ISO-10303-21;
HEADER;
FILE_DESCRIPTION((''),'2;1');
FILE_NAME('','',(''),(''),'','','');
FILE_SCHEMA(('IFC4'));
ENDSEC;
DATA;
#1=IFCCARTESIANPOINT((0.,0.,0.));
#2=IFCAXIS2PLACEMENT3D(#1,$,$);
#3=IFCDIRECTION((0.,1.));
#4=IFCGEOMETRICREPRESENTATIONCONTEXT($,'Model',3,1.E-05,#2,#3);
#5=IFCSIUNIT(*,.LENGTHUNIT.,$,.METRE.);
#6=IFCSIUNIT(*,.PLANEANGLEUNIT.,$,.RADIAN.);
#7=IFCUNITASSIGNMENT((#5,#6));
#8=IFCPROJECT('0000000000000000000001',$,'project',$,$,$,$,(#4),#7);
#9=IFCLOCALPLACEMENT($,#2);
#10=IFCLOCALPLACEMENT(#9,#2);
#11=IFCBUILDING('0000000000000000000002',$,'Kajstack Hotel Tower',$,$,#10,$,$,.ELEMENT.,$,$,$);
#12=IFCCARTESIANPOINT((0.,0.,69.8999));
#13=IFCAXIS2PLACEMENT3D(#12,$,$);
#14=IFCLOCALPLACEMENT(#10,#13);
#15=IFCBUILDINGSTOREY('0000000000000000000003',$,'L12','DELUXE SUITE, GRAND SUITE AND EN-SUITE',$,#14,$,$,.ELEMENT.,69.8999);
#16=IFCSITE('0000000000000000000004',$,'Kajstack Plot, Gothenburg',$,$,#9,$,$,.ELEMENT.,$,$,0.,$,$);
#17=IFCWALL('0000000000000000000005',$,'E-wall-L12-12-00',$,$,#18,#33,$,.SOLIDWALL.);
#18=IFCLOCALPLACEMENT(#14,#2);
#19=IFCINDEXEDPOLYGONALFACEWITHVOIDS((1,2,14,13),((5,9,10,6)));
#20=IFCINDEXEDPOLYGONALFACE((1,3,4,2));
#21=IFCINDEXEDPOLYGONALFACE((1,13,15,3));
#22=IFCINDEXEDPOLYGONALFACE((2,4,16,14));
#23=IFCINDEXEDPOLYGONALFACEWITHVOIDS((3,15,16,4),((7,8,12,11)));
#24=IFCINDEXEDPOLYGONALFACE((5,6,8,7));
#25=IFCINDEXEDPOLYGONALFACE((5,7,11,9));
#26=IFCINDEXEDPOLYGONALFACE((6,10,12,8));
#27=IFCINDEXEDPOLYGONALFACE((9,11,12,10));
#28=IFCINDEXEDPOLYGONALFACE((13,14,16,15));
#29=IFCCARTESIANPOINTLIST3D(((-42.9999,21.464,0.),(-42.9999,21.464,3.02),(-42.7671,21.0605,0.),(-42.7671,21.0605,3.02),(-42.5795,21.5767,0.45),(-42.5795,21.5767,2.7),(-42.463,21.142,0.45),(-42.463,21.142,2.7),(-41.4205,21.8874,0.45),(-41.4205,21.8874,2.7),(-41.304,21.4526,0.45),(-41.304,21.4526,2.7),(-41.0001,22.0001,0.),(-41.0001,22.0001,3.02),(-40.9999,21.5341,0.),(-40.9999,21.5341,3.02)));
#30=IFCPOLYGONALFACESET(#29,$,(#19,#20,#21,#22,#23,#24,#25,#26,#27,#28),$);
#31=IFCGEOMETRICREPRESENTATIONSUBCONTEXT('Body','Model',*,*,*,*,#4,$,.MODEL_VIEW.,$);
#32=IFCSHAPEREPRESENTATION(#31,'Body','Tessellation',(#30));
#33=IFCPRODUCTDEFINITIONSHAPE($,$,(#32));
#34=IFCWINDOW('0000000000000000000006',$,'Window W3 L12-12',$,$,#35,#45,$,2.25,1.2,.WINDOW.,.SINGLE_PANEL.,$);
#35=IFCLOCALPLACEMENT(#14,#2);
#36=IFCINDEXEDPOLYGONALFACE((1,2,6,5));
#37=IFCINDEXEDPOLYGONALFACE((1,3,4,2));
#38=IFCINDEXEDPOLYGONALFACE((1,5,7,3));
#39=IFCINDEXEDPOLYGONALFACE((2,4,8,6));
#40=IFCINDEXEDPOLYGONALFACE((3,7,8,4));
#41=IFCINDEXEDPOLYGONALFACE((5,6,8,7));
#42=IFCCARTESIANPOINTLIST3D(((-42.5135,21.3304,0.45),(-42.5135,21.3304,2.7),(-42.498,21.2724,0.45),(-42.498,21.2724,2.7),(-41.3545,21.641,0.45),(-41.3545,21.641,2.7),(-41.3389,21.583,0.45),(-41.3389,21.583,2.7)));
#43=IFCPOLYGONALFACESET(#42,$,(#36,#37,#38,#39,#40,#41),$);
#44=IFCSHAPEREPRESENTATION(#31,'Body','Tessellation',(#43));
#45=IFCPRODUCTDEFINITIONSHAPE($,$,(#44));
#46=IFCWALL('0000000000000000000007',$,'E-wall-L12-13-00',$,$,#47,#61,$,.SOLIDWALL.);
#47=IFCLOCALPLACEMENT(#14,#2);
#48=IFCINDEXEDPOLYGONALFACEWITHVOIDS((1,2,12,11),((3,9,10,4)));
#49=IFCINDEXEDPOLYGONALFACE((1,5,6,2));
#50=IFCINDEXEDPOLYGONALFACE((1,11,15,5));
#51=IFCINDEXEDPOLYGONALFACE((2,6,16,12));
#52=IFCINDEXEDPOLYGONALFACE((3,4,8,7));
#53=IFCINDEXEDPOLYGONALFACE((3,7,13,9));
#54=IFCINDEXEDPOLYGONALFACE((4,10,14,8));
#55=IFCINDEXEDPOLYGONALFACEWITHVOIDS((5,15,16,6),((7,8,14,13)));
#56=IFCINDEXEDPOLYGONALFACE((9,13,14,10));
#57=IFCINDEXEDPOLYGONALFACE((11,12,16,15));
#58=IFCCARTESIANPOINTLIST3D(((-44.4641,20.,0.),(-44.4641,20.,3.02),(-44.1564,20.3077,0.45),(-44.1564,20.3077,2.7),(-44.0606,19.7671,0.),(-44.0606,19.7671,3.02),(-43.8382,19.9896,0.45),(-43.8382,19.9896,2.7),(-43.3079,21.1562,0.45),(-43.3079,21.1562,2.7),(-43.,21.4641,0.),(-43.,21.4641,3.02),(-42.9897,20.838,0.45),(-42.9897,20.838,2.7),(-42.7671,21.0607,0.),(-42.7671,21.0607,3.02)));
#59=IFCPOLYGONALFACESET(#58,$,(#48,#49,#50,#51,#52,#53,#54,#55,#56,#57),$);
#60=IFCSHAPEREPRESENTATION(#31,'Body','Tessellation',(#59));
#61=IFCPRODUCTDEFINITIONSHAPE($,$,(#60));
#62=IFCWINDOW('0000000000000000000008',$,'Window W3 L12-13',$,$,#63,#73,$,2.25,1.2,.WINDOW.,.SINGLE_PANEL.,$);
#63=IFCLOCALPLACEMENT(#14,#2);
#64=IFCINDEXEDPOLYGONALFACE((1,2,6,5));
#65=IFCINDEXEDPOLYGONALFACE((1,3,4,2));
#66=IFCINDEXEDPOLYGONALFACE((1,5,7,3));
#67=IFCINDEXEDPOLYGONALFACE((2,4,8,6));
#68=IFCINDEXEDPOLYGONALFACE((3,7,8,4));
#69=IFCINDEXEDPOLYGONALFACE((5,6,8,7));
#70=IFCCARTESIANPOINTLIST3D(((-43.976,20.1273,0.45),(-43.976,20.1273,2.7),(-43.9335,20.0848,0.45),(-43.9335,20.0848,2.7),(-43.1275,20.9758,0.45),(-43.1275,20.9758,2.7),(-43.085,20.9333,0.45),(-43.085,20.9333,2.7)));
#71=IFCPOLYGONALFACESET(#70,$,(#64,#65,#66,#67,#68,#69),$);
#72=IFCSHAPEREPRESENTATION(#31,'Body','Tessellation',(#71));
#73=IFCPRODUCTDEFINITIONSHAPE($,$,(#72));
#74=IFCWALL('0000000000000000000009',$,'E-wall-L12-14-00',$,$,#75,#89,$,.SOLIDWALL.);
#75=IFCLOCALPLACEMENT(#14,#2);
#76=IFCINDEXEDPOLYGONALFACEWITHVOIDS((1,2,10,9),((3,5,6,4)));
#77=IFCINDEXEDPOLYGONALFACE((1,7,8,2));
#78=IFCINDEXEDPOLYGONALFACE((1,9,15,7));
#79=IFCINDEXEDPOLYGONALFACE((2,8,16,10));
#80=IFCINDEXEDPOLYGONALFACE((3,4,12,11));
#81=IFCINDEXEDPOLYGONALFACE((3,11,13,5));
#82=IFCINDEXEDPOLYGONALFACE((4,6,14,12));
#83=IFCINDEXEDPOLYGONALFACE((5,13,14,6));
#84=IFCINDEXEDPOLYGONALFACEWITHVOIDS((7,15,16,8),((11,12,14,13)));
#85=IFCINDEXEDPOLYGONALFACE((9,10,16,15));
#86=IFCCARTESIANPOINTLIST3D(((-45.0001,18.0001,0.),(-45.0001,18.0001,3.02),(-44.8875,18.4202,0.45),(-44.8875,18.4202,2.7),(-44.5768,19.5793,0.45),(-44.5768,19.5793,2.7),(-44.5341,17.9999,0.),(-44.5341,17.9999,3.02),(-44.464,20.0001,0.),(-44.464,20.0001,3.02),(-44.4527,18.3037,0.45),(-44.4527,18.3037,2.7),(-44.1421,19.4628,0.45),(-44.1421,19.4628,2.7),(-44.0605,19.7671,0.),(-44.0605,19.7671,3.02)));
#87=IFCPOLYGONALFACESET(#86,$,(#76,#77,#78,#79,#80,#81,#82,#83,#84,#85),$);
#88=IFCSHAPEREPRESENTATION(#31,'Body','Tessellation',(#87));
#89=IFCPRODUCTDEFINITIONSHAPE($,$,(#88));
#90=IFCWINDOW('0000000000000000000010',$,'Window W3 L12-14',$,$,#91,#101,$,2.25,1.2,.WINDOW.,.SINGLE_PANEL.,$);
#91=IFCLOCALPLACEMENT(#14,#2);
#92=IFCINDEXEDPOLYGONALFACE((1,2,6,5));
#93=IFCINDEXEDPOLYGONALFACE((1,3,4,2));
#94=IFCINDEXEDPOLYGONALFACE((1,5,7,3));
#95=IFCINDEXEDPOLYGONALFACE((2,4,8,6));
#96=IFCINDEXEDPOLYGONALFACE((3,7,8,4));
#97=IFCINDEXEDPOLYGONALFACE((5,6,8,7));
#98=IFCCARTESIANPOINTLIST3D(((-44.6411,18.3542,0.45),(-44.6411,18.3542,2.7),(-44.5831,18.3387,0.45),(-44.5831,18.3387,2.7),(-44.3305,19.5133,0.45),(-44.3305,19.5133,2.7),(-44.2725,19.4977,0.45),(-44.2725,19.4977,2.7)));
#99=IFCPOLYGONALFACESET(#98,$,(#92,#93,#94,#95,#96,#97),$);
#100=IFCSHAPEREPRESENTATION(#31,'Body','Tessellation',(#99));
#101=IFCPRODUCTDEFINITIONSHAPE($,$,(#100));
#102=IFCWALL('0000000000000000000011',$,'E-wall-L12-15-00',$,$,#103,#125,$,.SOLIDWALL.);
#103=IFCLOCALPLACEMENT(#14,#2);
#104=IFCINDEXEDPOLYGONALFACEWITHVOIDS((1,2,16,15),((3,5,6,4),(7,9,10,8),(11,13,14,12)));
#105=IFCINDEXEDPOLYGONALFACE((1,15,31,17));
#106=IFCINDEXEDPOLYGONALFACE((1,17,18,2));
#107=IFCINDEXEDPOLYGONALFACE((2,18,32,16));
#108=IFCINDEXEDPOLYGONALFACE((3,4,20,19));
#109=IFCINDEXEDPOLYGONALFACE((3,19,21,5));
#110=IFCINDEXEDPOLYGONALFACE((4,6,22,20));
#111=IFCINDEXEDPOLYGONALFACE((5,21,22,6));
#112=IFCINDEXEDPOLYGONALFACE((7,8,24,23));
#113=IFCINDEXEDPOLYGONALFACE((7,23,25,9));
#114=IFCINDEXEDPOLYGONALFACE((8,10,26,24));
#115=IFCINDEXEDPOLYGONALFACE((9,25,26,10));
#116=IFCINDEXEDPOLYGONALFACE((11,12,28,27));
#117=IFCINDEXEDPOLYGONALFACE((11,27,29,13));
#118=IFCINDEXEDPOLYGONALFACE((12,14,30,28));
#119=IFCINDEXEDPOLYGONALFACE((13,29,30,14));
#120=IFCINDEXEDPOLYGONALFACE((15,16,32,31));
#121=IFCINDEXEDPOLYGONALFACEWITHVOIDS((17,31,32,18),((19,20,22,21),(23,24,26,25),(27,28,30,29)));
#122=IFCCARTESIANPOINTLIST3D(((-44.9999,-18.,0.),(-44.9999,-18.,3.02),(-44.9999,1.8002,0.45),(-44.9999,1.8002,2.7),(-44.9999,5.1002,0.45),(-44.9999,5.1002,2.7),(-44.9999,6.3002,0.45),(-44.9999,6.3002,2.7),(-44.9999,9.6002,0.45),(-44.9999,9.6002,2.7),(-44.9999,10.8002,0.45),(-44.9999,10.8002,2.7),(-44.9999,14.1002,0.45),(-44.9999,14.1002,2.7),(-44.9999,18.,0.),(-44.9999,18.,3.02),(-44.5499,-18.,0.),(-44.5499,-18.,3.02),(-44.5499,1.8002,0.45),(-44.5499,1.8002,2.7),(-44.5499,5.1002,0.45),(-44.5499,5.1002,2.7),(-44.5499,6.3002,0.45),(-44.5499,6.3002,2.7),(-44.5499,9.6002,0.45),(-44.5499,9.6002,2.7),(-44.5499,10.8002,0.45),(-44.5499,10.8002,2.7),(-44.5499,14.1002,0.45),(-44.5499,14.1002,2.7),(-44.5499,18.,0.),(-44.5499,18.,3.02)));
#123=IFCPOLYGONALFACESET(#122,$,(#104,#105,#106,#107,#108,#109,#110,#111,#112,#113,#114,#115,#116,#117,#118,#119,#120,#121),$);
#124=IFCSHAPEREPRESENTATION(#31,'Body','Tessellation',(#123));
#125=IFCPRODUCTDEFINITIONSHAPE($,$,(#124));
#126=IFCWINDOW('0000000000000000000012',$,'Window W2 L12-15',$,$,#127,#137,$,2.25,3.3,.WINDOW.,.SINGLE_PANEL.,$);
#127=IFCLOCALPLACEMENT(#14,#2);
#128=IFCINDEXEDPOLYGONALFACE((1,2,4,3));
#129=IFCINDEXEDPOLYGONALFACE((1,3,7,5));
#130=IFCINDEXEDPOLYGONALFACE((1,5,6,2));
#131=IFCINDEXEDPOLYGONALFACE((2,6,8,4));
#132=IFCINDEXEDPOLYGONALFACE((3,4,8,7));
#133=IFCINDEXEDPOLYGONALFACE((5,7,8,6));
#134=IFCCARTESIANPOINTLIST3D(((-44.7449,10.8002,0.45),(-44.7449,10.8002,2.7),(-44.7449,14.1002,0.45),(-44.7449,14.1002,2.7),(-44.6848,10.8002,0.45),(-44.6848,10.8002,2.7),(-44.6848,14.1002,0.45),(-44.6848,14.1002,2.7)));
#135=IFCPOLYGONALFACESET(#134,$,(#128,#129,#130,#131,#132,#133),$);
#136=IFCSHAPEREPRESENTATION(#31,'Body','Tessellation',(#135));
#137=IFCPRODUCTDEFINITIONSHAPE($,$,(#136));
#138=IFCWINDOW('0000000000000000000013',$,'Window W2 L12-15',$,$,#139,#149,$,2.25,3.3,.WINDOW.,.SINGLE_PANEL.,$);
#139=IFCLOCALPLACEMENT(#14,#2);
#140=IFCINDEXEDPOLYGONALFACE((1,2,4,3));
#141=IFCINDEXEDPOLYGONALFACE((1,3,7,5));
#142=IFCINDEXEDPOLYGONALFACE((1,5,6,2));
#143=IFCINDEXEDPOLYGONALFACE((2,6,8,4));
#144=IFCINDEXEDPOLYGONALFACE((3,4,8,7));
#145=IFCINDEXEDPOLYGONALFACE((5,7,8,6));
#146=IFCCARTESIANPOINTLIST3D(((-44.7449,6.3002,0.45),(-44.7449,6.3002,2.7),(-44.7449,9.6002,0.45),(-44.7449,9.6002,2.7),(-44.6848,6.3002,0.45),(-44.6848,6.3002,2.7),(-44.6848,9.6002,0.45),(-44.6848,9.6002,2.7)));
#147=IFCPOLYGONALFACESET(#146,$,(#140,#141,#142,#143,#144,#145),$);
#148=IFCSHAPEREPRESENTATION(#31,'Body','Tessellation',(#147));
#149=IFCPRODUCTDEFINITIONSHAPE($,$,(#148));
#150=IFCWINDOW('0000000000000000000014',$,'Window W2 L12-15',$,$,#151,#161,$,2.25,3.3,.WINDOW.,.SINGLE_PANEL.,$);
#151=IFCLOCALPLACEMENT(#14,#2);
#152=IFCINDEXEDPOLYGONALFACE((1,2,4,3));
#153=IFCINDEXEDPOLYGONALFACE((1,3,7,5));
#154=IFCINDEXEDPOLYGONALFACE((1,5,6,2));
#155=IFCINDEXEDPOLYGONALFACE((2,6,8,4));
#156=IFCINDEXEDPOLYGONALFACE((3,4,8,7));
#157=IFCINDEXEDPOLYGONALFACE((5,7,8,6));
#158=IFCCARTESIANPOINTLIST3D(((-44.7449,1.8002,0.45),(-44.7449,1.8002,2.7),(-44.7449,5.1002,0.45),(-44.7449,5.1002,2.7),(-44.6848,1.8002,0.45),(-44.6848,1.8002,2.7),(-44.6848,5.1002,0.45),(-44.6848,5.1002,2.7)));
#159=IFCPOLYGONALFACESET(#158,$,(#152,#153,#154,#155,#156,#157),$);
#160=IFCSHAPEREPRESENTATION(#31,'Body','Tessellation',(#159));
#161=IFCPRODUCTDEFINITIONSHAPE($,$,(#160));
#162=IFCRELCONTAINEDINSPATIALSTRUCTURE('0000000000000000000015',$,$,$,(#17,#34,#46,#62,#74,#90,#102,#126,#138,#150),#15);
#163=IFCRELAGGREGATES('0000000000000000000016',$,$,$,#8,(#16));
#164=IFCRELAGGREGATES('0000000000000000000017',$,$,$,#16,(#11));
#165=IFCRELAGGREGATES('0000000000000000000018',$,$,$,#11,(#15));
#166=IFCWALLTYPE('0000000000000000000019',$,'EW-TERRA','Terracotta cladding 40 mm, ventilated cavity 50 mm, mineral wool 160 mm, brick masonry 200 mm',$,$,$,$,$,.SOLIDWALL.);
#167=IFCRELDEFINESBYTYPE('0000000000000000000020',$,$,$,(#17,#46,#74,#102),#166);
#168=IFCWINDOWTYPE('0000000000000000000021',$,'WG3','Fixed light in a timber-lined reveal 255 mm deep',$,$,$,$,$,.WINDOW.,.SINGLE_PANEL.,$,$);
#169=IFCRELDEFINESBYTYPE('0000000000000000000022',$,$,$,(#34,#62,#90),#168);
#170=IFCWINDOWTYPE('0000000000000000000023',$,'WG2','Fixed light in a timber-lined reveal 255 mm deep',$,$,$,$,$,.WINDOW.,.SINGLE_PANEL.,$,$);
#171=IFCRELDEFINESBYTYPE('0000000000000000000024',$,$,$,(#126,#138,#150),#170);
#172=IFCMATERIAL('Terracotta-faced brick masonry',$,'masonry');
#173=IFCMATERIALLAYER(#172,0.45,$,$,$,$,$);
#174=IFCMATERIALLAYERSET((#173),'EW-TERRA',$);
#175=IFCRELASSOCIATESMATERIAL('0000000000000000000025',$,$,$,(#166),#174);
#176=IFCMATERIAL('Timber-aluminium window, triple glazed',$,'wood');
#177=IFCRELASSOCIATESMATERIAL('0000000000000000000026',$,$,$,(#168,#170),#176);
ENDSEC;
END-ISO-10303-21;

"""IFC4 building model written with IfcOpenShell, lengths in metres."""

from ifc_helpers import new_model, si_unit, direction, frame, frame_2d, origin, place, context, subcontext, project, spatial, polyline, rectangle, outline, extrude, material, layer, layer_set, type_object, element, fill, save


model = new_model("IFC4")

# Units and contexts
model_context = context("Model", 3, precision=1e-05, world=origin(), true_north=direction((0.0, 1.0)))
body_context = subcontext(model_context, "Body", "Model", "MODEL_VIEW")
ifc_project = project(units=[si_unit("LENGTHUNIT", "METRE"), si_unit("PLANEANGLEUNIT", "RADIAN")], contexts=[model_context])

# Site, building, storey
site_placement = place(None, origin())
site = spatial("IfcSite", under=ifc_project, at=site_placement, Name="Kajstack Plot, Gothenburg", CompositionType="ELEMENT", RefElevation=0.0)
building_placement = place(site_placement, origin())
building = spatial("IfcBuilding", under=site, at=building_placement, Name="Kajstack Hotel Tower", CompositionType="ELEMENT")
storey_placement = place(building_placement, frame((0.0, 0.0, 69.8999)))
storey = spatial("IfcBuildingStorey", under=building, at=storey_placement, Name="L12", Description="DELUXE SUITE, GRAND SUITE AND EN-SUITE", CompositionType="ELEMENT", Elevation=69.8999)

# Walls, openings, windows
ifc_material_1 = material(Name="Terracotta-faced brick masonry", Category="masonry")
ifc_layer_1 = layer(ifc_material_1, 0.45)
ifc_layer_set_1 = layer_set([ifc_layer_1], Name="EW-TERRA")
wall_type_1 = type_object("IfcWallType", Name="EW-TERRA", Description="Terracotta cladding 40 mm, ventilated cavity 50 mm, mineral wool 160 mm, brick masonry 200 mm", PredefinedType="SOLIDWALL", material=ifc_layer_set_1)
wall_1_placement = place(storey_placement, frame((-40.9417, 21.7827, 0.0), z_axis=(0.0, 0.0, 1.0), x_axis=(-0.965927, -0.258815, 0.0)))
wall_1 = element("IfcWall", 1, at=wall_1_placement, inside=storey, type_object=wall_type_1, Name="E-wall-L12-12-00", PredefinedType="SOLIDWALL", context=body_context, shape_type="SweptSolid", body=[
    extrude(outline(polyline([(0.0002, -0.2251), (2.0706, -0.2249), (1.9502, 0.2251), (0.1206, 0.2251), (0.0002, -0.2251)])), origin(), (0.0, 0.0, 1.0), 3.02),
])
opening_1_placement = place(wall_1_placement, frame((0.4353, 0.0, 0.45)))
opening_1 = element("IfcOpeningElement", 2, at=opening_1_placement, cuts=wall_1, PredefinedType="OPENING", context=body_context, shape_type="SweptSolid", body=[
    extrude(rectangle(XDim=1.2, YDim=2.25, at=frame_2d((0.6001, 1.125))), frame((0.0, 0.2349, 0.0), z_axis=(0.0, -1.0, 0.0), x_axis=(1.0, 0.0, 0.0)), (0.0, 0.0, 1.0), 0.47),
])
ifc_material_2 = material(Name="Timber-aluminium window, triple glazed", Category="wood")
window_type_1 = type_object("IfcWindowType", Name="WG3", Description="Fixed light in a timber-lined reveal 255 mm deep", PartitioningType="SINGLE_PANEL", PredefinedType="WINDOW", material=ifc_material_2)
window_1_placement = place(opening_1_placement, origin())
window_1 = element("IfcWindow", 3, at=window_1_placement, inside=storey, type_object=window_type_1, Name="Window W3 L12-12", OverallHeight=2.25, OverallWidth=1.2, PartitioningType="SINGLE_PANEL", PredefinedType="WINDOW", context=body_context, shape_type="SweptSolid", body=[
    extrude(rectangle(XDim=1.2, YDim=2.25, at=frame_2d((0.6001, 1.125))), frame((0.0, 0.0901, 0.0), z_axis=(0.0, -1.0, 0.0), x_axis=(1.0, 0.0, 0.0)), (0.0, 0.0, 1.0), 0.0601),
])
fill(opening_1, window_1)
wall_2_placement = place(storey_placement, frame((-42.8408, 21.3049, 0.0), z_axis=(0.0, 0.0, 1.0), x_axis=(-0.707107, -0.707107, 0.0)))
wall_2 = element("IfcWall", 4, at=wall_2_placement, inside=storey, type_object=wall_type_1, Name="E-wall-L12-13-00", PredefinedType="SOLIDWALL", context=body_context, shape_type="SweptSolid", body=[
    extrude(outline(polyline([(0.0, -0.2251), (2.0706, -0.2251), (1.95, 0.2249), (0.1206, 0.2249), (0.0, -0.2251)])), origin(), (0.0, 0.0, 1.0), 3.02),
])
opening_2_placement = place(wall_2_placement, frame((0.4353, 0.0, 0.45)))
opening_2 = element("IfcOpeningElement", 5, at=opening_2_placement, cuts=wall_2, PredefinedType="OPENING", context=body_context, shape_type="SweptSolid", body=[
    extrude(rectangle(XDim=1.2, YDim=2.25, at=frame_2d((0.6001, 1.125))), frame((0.0, 0.2349, 0.0), z_axis=(0.0, -1.0, 0.0), x_axis=(1.0, 0.0, 0.0)), (0.0, 0.0, 1.0), 0.47),
])
window_2_placement = place(opening_2_placement, origin())
window_2 = element("IfcWindow", 6, at=window_2_placement, inside=storey, type_object=window_type_1, Name="Window W3 L12-13", OverallHeight=2.25, OverallWidth=1.2, PartitioningType="SINGLE_PANEL", PredefinedType="WINDOW", context=body_context, shape_type="SweptSolid", body=[
    extrude(rectangle(XDim=1.2, YDim=2.25, at=frame_2d((0.6001, 1.125))), frame((0.0, 0.0901, 0.0), z_axis=(0.0, -1.0, 0.0), x_axis=(1.0, 0.0, 0.0)), (0.0, 0.0, 1.0), 0.0601),
])
fill(opening_2, window_2)
wall_3_placement = place(storey_placement, frame((-44.2468, 19.9417, 0.0), z_axis=(0.0, 0.0, 1.0), x_axis=(-0.258815, -0.965927, 0.0)))
wall_3 = element("IfcWall", 7, at=wall_3_placement, inside=storey, type_object=wall_type_1, Name="E-wall-L12-14-00", PredefinedType="SOLIDWALL", context=body_context, shape_type="SweptSolid", body=[
    extrude(outline(polyline([(-0.0002, -0.2249), (2.0703, -0.2251), (1.95, 0.2251), (0.1204, 0.2251), (-0.0002, -0.2249)])), origin(), (0.0, 0.0, 1.0), 3.02),
])
opening_3_placement = place(wall_3_placement, frame((0.4353, 0.0, 0.45)))
opening_3 = element("IfcOpeningElement", 8, at=opening_3_placement, cuts=wall_3, PredefinedType="OPENING", context=body_context, shape_type="SweptSolid", body=[
    extrude(rectangle(XDim=1.2, YDim=2.25, at=frame_2d((0.6001, 1.125))), frame((0.0, 0.2349, 0.0), z_axis=(0.0, -1.0, 0.0), x_axis=(1.0, 0.0, 0.0)), (0.0, 0.0, 1.0), 0.47),
])
window_3_placement = place(opening_3_placement, origin())
window_3 = element("IfcWindow", 9, at=window_3_placement, inside=storey, type_object=window_type_1, Name="Window W3 L12-14", OverallHeight=2.25, OverallWidth=1.2, PartitioningType="SINGLE_PANEL", PredefinedType="WINDOW", context=body_context, shape_type="SweptSolid", body=[
    extrude(rectangle(XDim=1.2, YDim=2.25, at=frame_2d((0.6001, 1.125))), frame((0.0, 0.0901, 0.0), z_axis=(0.0, -1.0, 0.0), x_axis=(1.0, 0.0, 0.0)), (0.0, 0.0, 1.0), 0.0601),
])
fill(opening_3, window_3)

# Wall, openings, windows
wall_4_placement = place(storey_placement, frame((-44.7749, 18.0, 0.0), z_axis=(0.0, 0.0, 1.0), x_axis=(0.0, -1.0, 0.0)))
wall_4 = element("IfcWall", 10, at=wall_4_placement, inside=storey, type_object=wall_type_1, Name="E-wall-L12-15-00", PredefinedType="SOLIDWALL", context=body_context, shape_type="SweptSolid", body=[
    extrude(rectangle(XDim=36.0, YDim=0.45, at=frame_2d((18.0, 0.0))), origin(), (0.0, 0.0, 1.0), 3.02),
])
opening_4_placement = place(wall_4_placement, frame((3.8999, 0.0, 0.45)))
opening_4 = element("IfcOpeningElement", 11, at=opening_4_placement, cuts=wall_4, PredefinedType="OPENING", context=body_context, shape_type="SweptSolid", body=[
    extrude(rectangle(XDim=3.3, YDim=2.25, at=frame_2d((1.6499, 1.125))), frame((0.0, 0.2349, 0.0), z_axis=(0.0, -1.0, 0.0), x_axis=(1.0, 0.0, 0.0)), (0.0, 0.0, 1.0), 0.47),
])
opening_5_placement = place(wall_4_placement, frame((8.3999, 0.0, 0.45)))
opening_5 = element("IfcOpeningElement", 12, at=opening_5_placement, cuts=wall_4, PredefinedType="OPENING", context=body_context, shape_type="SweptSolid", body=[
    extrude(rectangle(XDim=3.3, YDim=2.25, at=frame_2d((1.6499, 1.125))), frame((0.0, 0.2349, 0.0), z_axis=(0.0, -1.0, 0.0), x_axis=(1.0, 0.0, 0.0)), (0.0, 0.0, 1.0), 0.47),
])
opening_6_placement = place(wall_4_placement, frame((12.8999, 0.0, 0.45)))
opening_6 = element("IfcOpeningElement", 13, at=opening_6_placement, cuts=wall_4, PredefinedType="OPENING", context=body_context, shape_type="SweptSolid", body=[
    extrude(rectangle(XDim=3.3, YDim=2.25, at=frame_2d((1.6499, 1.125))), frame((0.0, 0.2349, 0.0), z_axis=(0.0, -1.0, 0.0), x_axis=(1.0, 0.0, 0.0)), (0.0, 0.0, 1.0), 0.47),
])
window_type_2 = type_object("IfcWindowType", Name="WG2", Description="Fixed light in a timber-lined reveal 255 mm deep", PartitioningType="SINGLE_PANEL", PredefinedType="WINDOW", material=ifc_material_2)
window_4_placement = place(opening_4_placement, origin())
window_4 = element("IfcWindow", 14, at=window_4_placement, inside=storey, type_object=window_type_2, Name="Window W2 L12-15", OverallHeight=2.25, OverallWidth=3.3, PartitioningType="SINGLE_PANEL", PredefinedType="WINDOW", context=body_context, shape_type="SweptSolid", body=[
    extrude(rectangle(XDim=3.3, YDim=2.25, at=frame_2d((1.6499, 1.125))), frame((0.0, 0.0901, 0.0), z_axis=(0.0, -1.0, 0.0), x_axis=(1.0, 0.0, 0.0)), (0.0, 0.0, 1.0), 0.0601),
])
fill(opening_4, window_4)
window_5_placement = place(opening_5_placement, origin())
window_5 = element("IfcWindow", 15, at=window_5_placement, inside=storey, type_object=window_type_2, Name="Window W2 L12-15", OverallHeight=2.25, OverallWidth=3.3, PartitioningType="SINGLE_PANEL", PredefinedType="WINDOW", context=body_context, shape_type="SweptSolid", body=[
    extrude(rectangle(XDim=3.3, YDim=2.25, at=frame_2d((1.6499, 1.125))), frame((0.0, 0.0901, 0.0), z_axis=(0.0, -1.0, 0.0), x_axis=(1.0, 0.0, 0.0)), (0.0, 0.0, 1.0), 0.0601),
])
fill(opening_5, window_5)
window_6_placement = place(opening_6_placement, origin())
window_6 = element("IfcWindow", 16, at=window_6_placement, inside=storey, type_object=window_type_2, Name="Window W2 L12-15", OverallHeight=2.25, OverallWidth=3.3, PartitioningType="SINGLE_PANEL", PredefinedType="WINDOW", context=body_context, shape_type="SweptSolid", body=[
    extrude(rectangle(XDim=3.3, YDim=2.25, at=frame_2d((1.6499, 1.125))), frame((0.0, 0.0901, 0.0), z_axis=(0.0, -1.0, 0.0), x_axis=(1.0, 0.0, 0.0)), (0.0, 0.0, 1.0), 0.0601),
])
fill(opening_6, window_6)

save(model, "model.ifc")
